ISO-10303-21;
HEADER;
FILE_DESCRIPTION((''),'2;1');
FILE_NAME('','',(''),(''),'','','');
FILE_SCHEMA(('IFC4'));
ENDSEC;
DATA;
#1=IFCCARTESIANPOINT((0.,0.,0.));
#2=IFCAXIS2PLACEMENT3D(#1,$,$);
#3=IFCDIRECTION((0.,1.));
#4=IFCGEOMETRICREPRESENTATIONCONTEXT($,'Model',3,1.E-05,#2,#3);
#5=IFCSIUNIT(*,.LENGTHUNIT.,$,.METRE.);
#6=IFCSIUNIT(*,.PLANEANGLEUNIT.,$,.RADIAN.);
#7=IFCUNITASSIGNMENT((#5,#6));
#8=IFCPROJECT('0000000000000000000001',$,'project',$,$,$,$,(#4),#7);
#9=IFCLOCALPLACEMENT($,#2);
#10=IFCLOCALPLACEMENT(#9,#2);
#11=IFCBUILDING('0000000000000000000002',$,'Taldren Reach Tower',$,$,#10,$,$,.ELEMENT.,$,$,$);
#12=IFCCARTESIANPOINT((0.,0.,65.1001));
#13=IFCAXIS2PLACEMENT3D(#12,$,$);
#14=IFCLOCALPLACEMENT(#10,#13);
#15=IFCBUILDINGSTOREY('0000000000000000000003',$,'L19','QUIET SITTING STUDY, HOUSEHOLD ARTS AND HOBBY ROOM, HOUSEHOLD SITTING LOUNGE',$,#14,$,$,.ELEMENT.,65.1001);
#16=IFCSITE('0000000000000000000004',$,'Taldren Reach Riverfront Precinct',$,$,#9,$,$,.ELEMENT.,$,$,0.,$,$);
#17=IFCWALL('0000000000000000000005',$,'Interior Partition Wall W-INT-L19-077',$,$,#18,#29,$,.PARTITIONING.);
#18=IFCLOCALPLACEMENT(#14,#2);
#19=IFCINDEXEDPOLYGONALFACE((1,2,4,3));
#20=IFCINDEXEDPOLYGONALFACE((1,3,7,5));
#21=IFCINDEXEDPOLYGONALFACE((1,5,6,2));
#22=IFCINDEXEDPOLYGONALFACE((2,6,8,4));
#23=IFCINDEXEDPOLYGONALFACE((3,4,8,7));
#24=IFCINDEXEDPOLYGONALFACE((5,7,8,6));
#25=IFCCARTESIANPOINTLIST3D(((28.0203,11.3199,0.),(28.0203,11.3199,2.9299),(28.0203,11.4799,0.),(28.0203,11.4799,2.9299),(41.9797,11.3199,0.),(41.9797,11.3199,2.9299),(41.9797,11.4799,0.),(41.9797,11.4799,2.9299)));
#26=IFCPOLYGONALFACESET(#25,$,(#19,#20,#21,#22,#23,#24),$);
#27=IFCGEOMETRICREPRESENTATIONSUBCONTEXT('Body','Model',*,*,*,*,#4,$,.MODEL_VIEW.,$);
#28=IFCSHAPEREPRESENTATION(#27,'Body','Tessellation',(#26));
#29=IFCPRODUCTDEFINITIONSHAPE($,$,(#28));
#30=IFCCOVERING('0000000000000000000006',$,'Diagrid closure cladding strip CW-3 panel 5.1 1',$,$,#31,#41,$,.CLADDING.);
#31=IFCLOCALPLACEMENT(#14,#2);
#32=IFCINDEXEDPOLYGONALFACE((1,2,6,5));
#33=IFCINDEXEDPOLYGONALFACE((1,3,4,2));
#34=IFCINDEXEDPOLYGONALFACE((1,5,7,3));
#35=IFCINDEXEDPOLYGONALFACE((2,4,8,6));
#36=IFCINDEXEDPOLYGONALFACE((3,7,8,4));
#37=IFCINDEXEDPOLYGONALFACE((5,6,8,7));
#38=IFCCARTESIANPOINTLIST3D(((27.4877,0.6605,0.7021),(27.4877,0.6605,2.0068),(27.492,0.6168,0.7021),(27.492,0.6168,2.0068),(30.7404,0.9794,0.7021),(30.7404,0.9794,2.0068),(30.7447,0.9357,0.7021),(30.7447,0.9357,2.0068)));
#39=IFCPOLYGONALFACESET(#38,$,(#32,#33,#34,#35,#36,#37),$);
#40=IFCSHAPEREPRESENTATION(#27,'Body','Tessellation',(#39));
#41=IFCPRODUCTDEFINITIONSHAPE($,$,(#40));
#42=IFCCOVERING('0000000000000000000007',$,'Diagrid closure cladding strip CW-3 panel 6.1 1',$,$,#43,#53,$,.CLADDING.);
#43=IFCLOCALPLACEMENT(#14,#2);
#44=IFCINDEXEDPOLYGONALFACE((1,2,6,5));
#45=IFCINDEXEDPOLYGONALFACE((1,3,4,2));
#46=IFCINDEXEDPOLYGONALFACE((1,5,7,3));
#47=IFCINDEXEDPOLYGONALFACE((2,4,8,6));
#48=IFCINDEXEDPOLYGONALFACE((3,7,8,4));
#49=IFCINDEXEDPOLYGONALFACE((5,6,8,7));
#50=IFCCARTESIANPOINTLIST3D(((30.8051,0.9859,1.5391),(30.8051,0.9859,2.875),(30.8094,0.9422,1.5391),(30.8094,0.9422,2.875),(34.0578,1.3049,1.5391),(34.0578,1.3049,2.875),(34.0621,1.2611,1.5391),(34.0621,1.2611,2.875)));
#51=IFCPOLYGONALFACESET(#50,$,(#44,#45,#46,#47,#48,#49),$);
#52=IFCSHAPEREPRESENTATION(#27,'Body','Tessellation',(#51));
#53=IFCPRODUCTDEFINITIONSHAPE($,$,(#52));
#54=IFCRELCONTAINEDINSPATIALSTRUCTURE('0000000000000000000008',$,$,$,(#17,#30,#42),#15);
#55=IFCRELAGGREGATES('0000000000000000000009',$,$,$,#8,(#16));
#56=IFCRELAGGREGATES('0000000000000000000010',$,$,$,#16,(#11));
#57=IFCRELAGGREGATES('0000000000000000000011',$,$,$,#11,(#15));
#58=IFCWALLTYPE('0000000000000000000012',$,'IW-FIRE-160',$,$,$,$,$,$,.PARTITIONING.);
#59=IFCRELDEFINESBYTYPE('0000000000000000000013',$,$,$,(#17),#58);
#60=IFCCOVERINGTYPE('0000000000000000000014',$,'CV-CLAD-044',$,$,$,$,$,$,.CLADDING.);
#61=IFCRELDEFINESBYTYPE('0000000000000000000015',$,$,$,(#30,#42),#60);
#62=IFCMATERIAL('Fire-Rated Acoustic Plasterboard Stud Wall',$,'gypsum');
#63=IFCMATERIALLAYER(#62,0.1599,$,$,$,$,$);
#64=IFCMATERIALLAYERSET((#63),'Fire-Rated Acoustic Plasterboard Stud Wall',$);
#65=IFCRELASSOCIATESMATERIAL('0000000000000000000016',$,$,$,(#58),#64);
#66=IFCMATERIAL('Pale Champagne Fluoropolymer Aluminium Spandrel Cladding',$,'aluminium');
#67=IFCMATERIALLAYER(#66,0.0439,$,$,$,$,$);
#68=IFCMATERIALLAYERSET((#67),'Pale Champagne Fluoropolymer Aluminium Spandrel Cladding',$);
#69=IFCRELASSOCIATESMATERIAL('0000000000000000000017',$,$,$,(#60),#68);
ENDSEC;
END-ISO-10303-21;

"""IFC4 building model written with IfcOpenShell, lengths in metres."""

from ifc_helpers import new_model, si_unit, direction, frame, frame_2d, origin, origin_2d, place, context, subcontext, project, spatial, rectangle, extrude, source, transform, mapped, material, layer, layer_set, type_object, element, save


model = new_model("IFC4")

# Units and contexts
model_context = context("Model", 3, precision=1e-05, world=origin(), true_north=direction((0.0, 1.0)))
body_context = subcontext(model_context, "Body", "Model", "MODEL_VIEW")
ifc_project = project(units=[si_unit("LENGTHUNIT", "METRE"), si_unit("PLANEANGLEUNIT", "RADIAN")], contexts=[model_context])

# Site, building, storey
site_placement = place(None, origin())
site = spatial("IfcSite", under=ifc_project, at=site_placement, Name="Taldren Reach Riverfront Precinct", CompositionType="ELEMENT", RefElevation=0.0)
building_placement = place(site_placement, origin())
building = spatial("IfcBuilding", under=site, at=building_placement, Name="Taldren Reach Tower", CompositionType="ELEMENT")
storey_placement = place(building_placement, frame((0.0, 0.0, 65.1001)))
storey = spatial("IfcBuildingStorey", under=building, at=storey_placement, Name="L19", Description="QUIET SITTING STUDY, HOUSEHOLD ARTS AND HOBBY ROOM, HOUSEHOLD SITTING LOUNGE", CompositionType="ELEMENT", Elevation=65.1001)

# Wall
ifc_material_1 = material(Name="Fire-Rated Acoustic Plasterboard Stud Wall", Category="gypsum")
ifc_layer_1 = layer(ifc_material_1, 0.1599)
ifc_layer_set_1 = layer_set([ifc_layer_1], Name="Fire-Rated Acoustic Plasterboard Stud Wall")
wall_type = type_object("IfcWallType", Name="IW-FIRE-160", PredefinedType="PARTITIONING", material=ifc_layer_set_1)
shared_shape_1 = source(origin(), body_context, "Body", "SweptSolid", [
    extrude(rectangle(XDim=13.9595, YDim=0.1599, at=frame_2d((6.9797, 0.0))), origin(), (0.0, 0.0, 1.0), 2.9299),
])
wall_placement = place(storey_placement, frame((28.0203, 11.3999, 0.0), z_axis=(0.0, 0.0, 1.0), x_axis=(1.0, 0.0, 0.0)))
element("IfcWall", 1, at=wall_placement, inside=storey, type_object=wall_type, Name="Interior Partition Wall W-INT-L19-077", PredefinedType="PARTITIONING", context=body_context, shape_type="MappedRepresentation", body=[
    mapped(shared_shape_1, transform((0.0, 0.0, 0.0), scale=1.0)),
])

# Coverings
ifc_material_2 = material(Name="Pale Champagne Fluoropolymer Aluminium Spandrel Cladding", Category="aluminium")
ifc_layer_2 = layer(ifc_material_2, 0.0439)
ifc_layer_set_2 = layer_set([ifc_layer_2], Name="Pale Champagne Fluoropolymer Aluminium Spandrel Cladding")
covering_type = type_object("IfcCoveringType", Name="CV-CLAD-044", PredefinedType="CLADDING", material=ifc_layer_set_2)
shared_shape_2 = source(origin(), body_context, "Body", "SweptSolid", [
    extrude(rectangle(XDim=3.2683, YDim=0.0439, at=origin_2d()), origin(), (0.0, 0.0, 1.0), 1.3047),
])
covering_1_placement = place(storey_placement, frame((29.1162, 0.7981, 0.7021), z_axis=(0.0, 0.0, 1.0), x_axis=(0.995227, 0.097583, 0.0)))
element("IfcCovering", 2, at=covering_1_placement, inside=storey, type_object=covering_type, Name="Diagrid closure cladding strip CW-3 panel 5.1 1", PredefinedType="CLADDING", context=body_context, shape_type="MappedRepresentation", body=[
    mapped(shared_shape_2, transform((0.0, 0.0, 0.0), scale=1.0)),
])
shared_shape_3 = source(origin(), body_context, "Body", "SweptSolid", [
    extrude(rectangle(XDim=3.2683, YDim=0.0439, at=origin_2d()), origin(), (0.0, 0.0, 1.0), 1.3359),
])
covering_2_placement = place(storey_placement, frame((32.4336, 1.1235, 1.5391), z_axis=(0.0, 0.0, 1.0), x_axis=(0.995227, 0.097583, 0.0)))
element("IfcCovering", 3, at=covering_2_placement, inside=storey, type_object=covering_type, Name="Diagrid closure cladding strip CW-3 panel 6.1 1", PredefinedType="CLADDING", context=body_context, shape_type="MappedRepresentation", body=[
    mapped(shared_shape_3, transform((0.0, 0.0, 0.0), scale=1.0)),
])

save(model, "model.ifc")
